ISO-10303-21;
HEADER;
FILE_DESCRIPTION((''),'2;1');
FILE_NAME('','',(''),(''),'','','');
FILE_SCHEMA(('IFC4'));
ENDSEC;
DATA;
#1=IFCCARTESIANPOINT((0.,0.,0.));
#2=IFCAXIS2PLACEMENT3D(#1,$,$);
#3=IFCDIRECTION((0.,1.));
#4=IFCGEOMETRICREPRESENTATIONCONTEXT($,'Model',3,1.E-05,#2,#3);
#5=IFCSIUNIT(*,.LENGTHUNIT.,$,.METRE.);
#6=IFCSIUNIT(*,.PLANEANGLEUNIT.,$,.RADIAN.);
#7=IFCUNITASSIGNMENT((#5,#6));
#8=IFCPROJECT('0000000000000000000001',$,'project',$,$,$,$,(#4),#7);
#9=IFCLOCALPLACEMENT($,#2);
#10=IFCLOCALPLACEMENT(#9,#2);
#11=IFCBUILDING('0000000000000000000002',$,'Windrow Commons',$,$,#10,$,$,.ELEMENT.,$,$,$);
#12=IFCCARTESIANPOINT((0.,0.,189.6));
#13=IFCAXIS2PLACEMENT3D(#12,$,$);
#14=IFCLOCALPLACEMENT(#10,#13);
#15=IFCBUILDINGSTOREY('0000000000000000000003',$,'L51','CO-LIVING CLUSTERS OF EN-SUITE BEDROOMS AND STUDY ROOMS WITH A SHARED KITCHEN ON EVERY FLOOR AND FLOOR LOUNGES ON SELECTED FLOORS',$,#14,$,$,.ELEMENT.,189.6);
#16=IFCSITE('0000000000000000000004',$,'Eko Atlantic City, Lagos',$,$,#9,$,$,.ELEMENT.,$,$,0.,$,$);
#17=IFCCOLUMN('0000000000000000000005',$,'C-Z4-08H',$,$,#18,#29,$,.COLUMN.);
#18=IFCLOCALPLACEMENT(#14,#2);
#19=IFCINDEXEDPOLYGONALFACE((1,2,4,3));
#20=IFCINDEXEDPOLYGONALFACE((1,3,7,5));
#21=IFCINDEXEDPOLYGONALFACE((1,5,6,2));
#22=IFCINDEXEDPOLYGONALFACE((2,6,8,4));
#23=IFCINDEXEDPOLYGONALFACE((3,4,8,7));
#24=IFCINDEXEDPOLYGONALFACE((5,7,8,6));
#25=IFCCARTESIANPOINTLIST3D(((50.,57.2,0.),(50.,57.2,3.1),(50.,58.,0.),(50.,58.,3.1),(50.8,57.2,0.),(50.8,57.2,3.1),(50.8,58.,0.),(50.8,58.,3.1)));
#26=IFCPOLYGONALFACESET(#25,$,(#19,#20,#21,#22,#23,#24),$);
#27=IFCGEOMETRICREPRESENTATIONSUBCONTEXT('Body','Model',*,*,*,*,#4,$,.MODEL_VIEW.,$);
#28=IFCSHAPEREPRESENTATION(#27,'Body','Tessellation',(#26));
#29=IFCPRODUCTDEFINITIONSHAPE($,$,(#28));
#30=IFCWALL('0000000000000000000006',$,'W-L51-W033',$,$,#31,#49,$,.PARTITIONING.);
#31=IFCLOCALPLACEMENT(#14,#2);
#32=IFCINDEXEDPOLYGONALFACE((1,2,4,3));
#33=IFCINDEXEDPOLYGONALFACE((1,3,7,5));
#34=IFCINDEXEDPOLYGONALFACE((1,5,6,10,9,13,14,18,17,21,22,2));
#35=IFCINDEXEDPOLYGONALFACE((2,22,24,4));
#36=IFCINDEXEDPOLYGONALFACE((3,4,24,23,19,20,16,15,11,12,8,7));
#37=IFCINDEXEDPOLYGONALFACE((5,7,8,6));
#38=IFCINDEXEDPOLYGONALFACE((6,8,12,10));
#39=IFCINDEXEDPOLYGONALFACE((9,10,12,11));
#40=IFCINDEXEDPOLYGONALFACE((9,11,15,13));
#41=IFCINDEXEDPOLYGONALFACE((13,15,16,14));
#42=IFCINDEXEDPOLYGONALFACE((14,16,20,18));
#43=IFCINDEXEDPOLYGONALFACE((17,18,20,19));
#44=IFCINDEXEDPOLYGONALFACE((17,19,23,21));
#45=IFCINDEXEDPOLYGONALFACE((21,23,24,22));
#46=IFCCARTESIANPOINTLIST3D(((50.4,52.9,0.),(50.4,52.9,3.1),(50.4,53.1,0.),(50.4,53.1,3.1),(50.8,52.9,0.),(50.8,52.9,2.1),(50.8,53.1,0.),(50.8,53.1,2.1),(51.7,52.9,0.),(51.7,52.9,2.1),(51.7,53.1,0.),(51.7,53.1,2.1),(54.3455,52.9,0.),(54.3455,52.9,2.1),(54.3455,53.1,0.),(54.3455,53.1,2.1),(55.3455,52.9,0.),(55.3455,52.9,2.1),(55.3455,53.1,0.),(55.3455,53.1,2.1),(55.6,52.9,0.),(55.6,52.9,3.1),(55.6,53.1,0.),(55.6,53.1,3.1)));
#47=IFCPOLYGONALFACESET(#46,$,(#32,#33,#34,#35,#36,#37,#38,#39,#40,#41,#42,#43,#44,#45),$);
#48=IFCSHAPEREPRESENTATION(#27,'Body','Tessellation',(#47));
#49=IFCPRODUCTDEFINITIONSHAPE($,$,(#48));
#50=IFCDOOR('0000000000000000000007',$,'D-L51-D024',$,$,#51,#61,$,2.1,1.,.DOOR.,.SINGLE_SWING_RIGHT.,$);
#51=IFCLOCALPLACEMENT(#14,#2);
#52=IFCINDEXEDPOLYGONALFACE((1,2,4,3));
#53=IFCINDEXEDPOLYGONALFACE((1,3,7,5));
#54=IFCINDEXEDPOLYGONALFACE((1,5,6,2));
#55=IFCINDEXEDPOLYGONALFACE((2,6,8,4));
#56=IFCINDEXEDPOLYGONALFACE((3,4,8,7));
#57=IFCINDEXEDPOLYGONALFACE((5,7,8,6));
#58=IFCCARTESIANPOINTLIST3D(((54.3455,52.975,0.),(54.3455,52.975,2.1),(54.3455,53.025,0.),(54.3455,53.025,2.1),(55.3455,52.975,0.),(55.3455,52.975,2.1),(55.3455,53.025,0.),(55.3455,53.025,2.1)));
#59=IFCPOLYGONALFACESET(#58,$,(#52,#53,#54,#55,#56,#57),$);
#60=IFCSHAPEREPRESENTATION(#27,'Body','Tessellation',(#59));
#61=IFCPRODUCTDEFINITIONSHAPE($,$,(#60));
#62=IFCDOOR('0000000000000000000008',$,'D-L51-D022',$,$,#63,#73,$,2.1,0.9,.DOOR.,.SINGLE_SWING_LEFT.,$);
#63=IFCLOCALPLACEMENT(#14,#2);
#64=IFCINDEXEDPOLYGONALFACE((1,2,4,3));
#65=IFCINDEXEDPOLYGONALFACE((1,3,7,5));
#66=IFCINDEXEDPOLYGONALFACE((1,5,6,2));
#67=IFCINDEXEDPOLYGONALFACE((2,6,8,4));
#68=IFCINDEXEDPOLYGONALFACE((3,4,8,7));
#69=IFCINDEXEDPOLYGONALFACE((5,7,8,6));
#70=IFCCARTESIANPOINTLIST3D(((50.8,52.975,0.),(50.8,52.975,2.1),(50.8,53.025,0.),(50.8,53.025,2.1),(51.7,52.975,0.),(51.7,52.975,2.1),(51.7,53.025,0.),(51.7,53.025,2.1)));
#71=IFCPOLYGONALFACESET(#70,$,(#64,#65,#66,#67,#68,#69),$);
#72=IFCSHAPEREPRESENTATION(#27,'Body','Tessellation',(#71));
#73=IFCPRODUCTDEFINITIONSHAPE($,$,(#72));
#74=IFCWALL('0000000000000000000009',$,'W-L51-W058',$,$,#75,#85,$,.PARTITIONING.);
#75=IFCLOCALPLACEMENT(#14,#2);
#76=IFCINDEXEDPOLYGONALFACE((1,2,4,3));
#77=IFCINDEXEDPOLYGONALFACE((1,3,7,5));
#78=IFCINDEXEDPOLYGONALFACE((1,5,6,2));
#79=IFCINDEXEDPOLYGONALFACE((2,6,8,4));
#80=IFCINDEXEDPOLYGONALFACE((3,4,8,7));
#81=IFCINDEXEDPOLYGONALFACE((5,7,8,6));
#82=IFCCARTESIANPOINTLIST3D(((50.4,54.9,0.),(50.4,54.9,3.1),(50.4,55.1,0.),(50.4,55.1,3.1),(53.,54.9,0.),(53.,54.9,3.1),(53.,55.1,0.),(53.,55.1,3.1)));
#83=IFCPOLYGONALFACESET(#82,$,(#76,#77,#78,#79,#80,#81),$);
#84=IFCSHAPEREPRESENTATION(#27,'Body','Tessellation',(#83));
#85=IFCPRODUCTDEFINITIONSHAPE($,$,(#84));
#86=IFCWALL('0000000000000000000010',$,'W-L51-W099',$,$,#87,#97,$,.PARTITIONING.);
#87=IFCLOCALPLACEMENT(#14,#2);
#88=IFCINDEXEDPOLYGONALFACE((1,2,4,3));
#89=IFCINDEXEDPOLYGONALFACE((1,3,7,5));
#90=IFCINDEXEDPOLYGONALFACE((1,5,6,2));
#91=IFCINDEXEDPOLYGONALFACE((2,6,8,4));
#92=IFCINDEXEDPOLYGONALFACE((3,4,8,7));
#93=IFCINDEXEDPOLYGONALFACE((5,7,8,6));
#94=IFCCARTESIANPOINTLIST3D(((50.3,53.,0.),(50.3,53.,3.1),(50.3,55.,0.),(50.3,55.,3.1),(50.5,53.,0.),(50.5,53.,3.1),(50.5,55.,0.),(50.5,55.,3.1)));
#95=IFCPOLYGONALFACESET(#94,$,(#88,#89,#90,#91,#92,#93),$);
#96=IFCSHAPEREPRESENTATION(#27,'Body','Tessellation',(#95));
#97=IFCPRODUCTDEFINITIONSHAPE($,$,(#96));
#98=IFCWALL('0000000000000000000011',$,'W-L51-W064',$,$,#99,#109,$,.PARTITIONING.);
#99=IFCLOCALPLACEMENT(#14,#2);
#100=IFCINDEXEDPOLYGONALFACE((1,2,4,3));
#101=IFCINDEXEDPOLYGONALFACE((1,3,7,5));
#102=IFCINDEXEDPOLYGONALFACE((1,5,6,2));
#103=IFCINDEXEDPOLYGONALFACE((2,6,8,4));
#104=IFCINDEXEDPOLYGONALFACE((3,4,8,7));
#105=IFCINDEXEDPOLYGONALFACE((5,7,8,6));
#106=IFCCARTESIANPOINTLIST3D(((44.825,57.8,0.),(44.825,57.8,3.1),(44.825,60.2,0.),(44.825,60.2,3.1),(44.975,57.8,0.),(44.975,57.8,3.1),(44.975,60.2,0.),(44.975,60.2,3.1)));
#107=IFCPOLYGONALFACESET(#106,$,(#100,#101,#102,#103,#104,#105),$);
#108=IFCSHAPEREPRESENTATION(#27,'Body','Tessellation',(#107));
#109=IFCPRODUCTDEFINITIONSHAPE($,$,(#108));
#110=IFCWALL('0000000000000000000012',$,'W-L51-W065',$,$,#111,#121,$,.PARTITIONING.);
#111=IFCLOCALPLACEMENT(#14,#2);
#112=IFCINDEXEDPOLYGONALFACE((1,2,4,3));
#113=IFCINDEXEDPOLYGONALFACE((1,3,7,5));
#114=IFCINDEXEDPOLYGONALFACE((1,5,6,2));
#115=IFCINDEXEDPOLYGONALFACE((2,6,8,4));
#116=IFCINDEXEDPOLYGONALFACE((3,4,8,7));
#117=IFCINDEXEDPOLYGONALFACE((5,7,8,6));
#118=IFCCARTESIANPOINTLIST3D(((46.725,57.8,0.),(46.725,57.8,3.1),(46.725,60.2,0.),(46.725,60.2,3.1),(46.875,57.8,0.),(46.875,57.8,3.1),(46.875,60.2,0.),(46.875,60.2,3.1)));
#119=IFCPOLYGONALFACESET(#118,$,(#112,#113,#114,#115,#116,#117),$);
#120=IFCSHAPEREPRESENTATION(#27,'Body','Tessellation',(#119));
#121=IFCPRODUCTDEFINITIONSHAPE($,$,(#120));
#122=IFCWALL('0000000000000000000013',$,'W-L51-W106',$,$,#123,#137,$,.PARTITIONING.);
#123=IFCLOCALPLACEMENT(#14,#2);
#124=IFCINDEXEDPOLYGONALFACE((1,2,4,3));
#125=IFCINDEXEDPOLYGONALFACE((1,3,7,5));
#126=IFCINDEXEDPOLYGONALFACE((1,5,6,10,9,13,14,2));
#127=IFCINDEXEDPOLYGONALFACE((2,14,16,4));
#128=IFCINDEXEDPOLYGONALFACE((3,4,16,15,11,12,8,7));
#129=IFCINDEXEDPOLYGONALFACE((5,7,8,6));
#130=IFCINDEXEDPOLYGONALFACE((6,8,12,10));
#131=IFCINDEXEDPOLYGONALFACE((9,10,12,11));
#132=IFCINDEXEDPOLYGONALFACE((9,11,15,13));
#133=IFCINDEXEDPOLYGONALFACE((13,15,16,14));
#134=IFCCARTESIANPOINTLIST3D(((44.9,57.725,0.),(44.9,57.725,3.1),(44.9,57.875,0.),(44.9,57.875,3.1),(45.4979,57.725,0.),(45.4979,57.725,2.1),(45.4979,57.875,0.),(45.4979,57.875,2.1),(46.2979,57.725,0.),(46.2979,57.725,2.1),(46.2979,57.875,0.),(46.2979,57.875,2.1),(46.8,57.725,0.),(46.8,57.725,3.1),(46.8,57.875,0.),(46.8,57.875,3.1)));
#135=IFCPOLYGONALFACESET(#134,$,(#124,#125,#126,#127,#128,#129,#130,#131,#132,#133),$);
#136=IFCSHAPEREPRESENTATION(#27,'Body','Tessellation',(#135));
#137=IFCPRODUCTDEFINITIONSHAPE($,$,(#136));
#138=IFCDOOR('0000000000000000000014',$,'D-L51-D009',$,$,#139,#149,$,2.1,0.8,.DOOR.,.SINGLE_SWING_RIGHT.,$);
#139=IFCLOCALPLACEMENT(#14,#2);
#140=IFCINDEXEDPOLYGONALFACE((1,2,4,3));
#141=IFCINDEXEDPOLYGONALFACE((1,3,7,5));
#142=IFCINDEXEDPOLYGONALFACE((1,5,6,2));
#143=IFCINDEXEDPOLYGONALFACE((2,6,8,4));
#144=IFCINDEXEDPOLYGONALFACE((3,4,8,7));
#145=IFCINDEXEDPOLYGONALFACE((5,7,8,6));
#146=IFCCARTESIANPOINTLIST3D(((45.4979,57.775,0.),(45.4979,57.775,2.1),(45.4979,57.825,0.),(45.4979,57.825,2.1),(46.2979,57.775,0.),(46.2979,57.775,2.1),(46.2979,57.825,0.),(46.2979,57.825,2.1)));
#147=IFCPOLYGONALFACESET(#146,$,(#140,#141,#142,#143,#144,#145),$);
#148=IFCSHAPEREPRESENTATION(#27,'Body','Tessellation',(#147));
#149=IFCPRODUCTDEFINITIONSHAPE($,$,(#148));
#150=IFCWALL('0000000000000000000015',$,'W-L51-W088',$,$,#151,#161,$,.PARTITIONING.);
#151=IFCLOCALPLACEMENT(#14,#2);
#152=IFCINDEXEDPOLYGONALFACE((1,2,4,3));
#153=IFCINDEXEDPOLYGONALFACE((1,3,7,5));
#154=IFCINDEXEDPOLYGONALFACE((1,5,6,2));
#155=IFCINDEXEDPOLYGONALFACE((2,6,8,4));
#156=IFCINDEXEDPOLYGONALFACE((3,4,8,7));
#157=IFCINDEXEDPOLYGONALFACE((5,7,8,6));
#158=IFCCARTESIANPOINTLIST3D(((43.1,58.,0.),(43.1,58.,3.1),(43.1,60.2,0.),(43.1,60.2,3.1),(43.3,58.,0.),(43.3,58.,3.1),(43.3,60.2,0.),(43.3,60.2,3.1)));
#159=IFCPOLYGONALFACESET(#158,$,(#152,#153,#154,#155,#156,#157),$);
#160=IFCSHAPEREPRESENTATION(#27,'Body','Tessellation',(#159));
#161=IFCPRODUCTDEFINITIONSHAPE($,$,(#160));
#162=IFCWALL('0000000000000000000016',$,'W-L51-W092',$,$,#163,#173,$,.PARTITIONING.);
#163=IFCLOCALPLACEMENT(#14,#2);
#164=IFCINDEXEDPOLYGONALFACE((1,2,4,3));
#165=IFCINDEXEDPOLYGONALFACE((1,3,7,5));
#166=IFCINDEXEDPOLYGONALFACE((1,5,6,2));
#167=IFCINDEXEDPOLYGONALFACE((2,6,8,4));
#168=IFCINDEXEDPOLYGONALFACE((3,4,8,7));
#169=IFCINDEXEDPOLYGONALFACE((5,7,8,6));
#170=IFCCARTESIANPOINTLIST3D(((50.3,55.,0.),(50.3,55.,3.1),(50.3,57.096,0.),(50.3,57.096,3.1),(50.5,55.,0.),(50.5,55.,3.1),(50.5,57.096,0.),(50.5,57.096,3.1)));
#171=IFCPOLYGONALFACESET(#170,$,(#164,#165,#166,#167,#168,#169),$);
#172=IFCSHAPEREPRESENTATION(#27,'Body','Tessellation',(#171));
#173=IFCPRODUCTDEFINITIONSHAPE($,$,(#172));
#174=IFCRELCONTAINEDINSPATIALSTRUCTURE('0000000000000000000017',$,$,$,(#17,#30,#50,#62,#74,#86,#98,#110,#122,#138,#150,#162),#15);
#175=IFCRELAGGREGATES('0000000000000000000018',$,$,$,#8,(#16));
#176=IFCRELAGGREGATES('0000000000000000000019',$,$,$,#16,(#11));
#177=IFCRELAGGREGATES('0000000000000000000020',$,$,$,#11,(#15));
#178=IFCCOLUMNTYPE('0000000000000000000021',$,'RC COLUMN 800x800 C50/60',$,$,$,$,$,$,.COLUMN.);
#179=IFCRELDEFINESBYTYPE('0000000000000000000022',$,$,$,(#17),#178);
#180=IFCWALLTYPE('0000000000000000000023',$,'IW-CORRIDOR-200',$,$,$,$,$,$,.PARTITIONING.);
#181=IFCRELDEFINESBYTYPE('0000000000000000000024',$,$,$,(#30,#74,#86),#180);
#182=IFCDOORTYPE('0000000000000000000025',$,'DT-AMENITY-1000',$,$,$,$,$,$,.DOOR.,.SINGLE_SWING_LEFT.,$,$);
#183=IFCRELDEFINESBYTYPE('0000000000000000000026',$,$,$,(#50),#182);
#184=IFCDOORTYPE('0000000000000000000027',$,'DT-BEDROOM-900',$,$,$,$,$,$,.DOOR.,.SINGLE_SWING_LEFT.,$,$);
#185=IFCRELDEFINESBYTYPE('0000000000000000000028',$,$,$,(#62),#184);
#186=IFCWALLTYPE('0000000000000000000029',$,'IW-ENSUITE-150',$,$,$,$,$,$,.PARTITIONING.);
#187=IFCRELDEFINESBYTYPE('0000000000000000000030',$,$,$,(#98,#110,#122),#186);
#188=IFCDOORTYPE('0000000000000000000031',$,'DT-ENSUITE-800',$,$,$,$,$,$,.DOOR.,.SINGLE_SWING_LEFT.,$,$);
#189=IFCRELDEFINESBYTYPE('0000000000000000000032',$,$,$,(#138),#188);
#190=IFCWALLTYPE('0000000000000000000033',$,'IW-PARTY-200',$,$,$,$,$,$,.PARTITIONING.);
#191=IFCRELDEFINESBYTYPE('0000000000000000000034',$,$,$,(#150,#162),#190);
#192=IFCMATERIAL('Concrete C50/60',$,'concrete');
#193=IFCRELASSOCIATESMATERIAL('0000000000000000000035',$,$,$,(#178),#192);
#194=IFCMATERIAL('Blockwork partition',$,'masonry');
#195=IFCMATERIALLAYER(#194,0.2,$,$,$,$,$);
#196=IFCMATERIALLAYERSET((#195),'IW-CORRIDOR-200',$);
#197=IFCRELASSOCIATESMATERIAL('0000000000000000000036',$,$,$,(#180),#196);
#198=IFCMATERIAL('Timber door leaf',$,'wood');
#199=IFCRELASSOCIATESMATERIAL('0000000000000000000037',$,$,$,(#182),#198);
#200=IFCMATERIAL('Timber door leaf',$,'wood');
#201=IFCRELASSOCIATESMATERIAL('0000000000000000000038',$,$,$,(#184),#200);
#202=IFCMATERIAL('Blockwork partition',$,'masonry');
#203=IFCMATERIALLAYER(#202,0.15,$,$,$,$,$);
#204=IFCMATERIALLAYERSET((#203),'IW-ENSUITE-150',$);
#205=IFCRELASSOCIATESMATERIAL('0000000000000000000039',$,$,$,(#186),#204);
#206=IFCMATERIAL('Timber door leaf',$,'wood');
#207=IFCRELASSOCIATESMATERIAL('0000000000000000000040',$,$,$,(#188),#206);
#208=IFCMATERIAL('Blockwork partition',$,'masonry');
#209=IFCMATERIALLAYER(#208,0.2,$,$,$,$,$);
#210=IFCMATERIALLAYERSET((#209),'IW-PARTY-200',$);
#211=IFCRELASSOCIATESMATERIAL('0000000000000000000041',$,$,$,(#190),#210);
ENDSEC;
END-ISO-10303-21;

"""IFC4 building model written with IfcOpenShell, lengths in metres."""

from ifc_helpers import new_model, si_unit, direction, frame, frame_2d, origin, origin_2d, place, context, subcontext, project, spatial, rectangle, extrude, material, layer, layer_set, material_profile, profile_set, type_object, element, fill, save


model = new_model("IFC4")

# Units and contexts
model_context = context("Model", 3, precision=1e-05, world=origin(), true_north=direction((0.0, 1.0)))
body_context = subcontext(model_context, "Body", "Model", "MODEL_VIEW")
ifc_project = project(units=[si_unit("LENGTHUNIT", "METRE"), si_unit("PLANEANGLEUNIT", "RADIAN")], contexts=[model_context])

# Site, building, storey
site_placement = place(None, origin())
site = spatial("IfcSite", under=ifc_project, at=site_placement, Name="Eko Atlantic City, Lagos", CompositionType="ELEMENT", RefElevation=0.0)
building_placement = place(site_placement, origin())
building = spatial("IfcBuilding", under=site, at=building_placement, Name="Windrow Commons", CompositionType="ELEMENT")
storey_placement = place(building_placement, frame((0.0, 0.0, 189.6)))
storey = spatial("IfcBuildingStorey", under=building, at=storey_placement, Name="L51", Description="CO-LIVING CLUSTERS OF EN-SUITE BEDROOMS AND STUDY ROOMS WITH A SHARED KITCHEN ON EVERY FLOOR AND FLOOR LOUNGES ON SELECTED FLOORS", CompositionType="ELEMENT", Elevation=189.6)

# Column
ifc_material_1 = material(Name="Concrete C50/60", Category="concrete")
ifc_material_profile = material_profile(ifc_material_1, rectangle(XDim=0.8, YDim=0.8, at=origin_2d()))
ifc_profile_set = profile_set([ifc_material_profile], Name="Concrete C50/60")
column_type = type_object("IfcColumnType", Name="RC COLUMN 800x800 C50/60", PredefinedType="COLUMN", material=ifc_profile_set)
column_placement = place(storey_placement, frame((50.4, 57.6, 0.0), z_axis=(0.0, 0.0, 1.0), x_axis=(1.0, 0.0, 0.0)))
element("IfcColumn", 1, at=column_placement, inside=storey, type_object=column_type, Name="C-Z4-08H", PredefinedType="COLUMN", context=body_context, shape_type="SweptSolid", body=[
    extrude(rectangle(XDim=0.8, YDim=0.8, at=origin_2d()), origin(), (0.0, 0.0, 1.0), 3.1),
])

# Wall, openings, doors
ifc_material_2 = material(Name="Blockwork partition", Category="masonry")
ifc_layer_1 = layer(ifc_material_2, 0.2)
ifc_layer_set_1 = layer_set([ifc_layer_1], Name="IW-CORRIDOR-200")
wall_type_1 = type_object("IfcWallType", Name="IW-CORRIDOR-200", PredefinedType="PARTITIONING", material=ifc_layer_set_1)
wall_1_placement = place(storey_placement, frame((50.4, 53.0, 0.0), z_axis=(0.0, 0.0, 1.0), x_axis=(1.0, 0.0, 0.0)))
wall_1 = element("IfcWall", 2, at=wall_1_placement, inside=storey, type_object=wall_type_1, Name="W-L51-W033", PredefinedType="PARTITIONING", context=body_context, shape_type="SweptSolid", body=[
    extrude(rectangle(XDim=5.2, YDim=0.2, at=frame_2d((2.6, 0.0))), origin(), (0.0, 0.0, 1.0), 3.1),
])
opening_1_placement = place(wall_1_placement, frame((0.4, 0.0, 0.0)))
opening_1 = element("IfcOpeningElement", 3, at=opening_1_placement, cuts=wall_1, PredefinedType="OPENING", context=body_context, shape_type="SweptSolid", body=[
    extrude(rectangle(XDim=0.9, YDim=2.1, at=frame_2d((0.45, 1.05))), frame((0.0, 0.11, 0.0), z_axis=(0.0, -1.0, 0.0), x_axis=(1.0, 0.0, 0.0)), (0.0, 0.0, 1.0), 0.22),
])
opening_2_placement = place(wall_1_placement, frame((3.9455, 0.0, 0.0)))
opening_2 = element("IfcOpeningElement", 4, at=opening_2_placement, cuts=wall_1, PredefinedType="OPENING", context=body_context, shape_type="SweptSolid", body=[
    extrude(rectangle(XDim=1.0, YDim=2.1, at=frame_2d((0.5, 1.05))), frame((0.0, 0.11, 0.0), z_axis=(0.0, -1.0, 0.0), x_axis=(1.0, 0.0, 0.0)), (0.0, 0.0, 1.0), 0.22),
])
ifc_material_3 = material(Name="Timber door leaf", Category="wood")
door_type_1 = type_object("IfcDoorType", Name="DT-AMENITY-1000", OperationType="SINGLE_SWING_LEFT", PredefinedType="DOOR", material=ifc_material_3)
door_1_placement = place(opening_2_placement, origin())
door_1 = element("IfcDoor", 5, at=door_1_placement, inside=storey, type_object=door_type_1, Name="D-L51-D024", OperationType="SINGLE_SWING_RIGHT", OverallHeight=2.1, OverallWidth=1.0, PredefinedType="DOOR", context=body_context, shape_type="SweptSolid", body=[
    extrude(rectangle(XDim=1.0, YDim=2.1, at=frame_2d((0.5, 1.05))), frame((0.0, 0.025, 0.0), z_axis=(0.0, -1.0, 0.0), x_axis=(1.0, 0.0, 0.0)), (0.0, 0.0, 1.0), 0.05),
])
fill(opening_2, door_1)
ifc_material_4 = material(Name="Timber door leaf", Category="wood")
door_type_2 = type_object("IfcDoorType", Name="DT-BEDROOM-900", OperationType="SINGLE_SWING_LEFT", PredefinedType="DOOR", material=ifc_material_4)
door_2_placement = place(opening_1_placement, origin())
door_2 = element("IfcDoor", 6, at=door_2_placement, inside=storey, type_object=door_type_2, Name="D-L51-D022", OperationType="SINGLE_SWING_LEFT", OverallHeight=2.1, OverallWidth=0.9, PredefinedType="DOOR", context=body_context, shape_type="SweptSolid", body=[
    extrude(rectangle(XDim=0.9, YDim=2.1, at=frame_2d((0.45, 1.05))), frame((0.0, 0.025, 0.0), z_axis=(0.0, -1.0, 0.0), x_axis=(1.0, 0.0, 0.0)), (0.0, 0.0, 1.0), 0.05),
])
fill(opening_1, door_2)

# Walls
wall_2_placement = place(storey_placement, frame((50.4, 55.0, 0.0), z_axis=(0.0, 0.0, 1.0), x_axis=(1.0, 0.0, 0.0)))
element("IfcWall", 7, at=wall_2_placement, inside=storey, type_object=wall_type_1, Name="W-L51-W058", PredefinedType="PARTITIONING", context=body_context, shape_type="SweptSolid", body=[
    extrude(rectangle(XDim=2.6, YDim=0.2, at=frame_2d((1.3, 0.0))), origin(), (0.0, 0.0, 1.0), 3.1),
])
wall_3_placement = place(storey_placement, frame((50.4, 53.0, 0.0), z_axis=(0.0, 0.0, 1.0), x_axis=(0.0, 1.0, 0.0)))
element("IfcWall", 8, at=wall_3_placement, inside=storey, type_object=wall_type_1, Name="W-L51-W099", PredefinedType="PARTITIONING", context=body_context, shape_type="SweptSolid", body=[
    extrude(rectangle(XDim=2.0, YDim=0.2, at=frame_2d((1.0, 0.0))), origin(), (0.0, 0.0, 1.0), 3.1),
])
ifc_material_5 = material(Name="Blockwork partition", Category="masonry")
ifc_layer_2 = layer(ifc_material_5, 0.15)
ifc_layer_set_2 = layer_set([ifc_layer_2], Name="IW-ENSUITE-150")
wall_type_2 = type_object("IfcWallType", Name="IW-ENSUITE-150", PredefinedType="PARTITIONING", material=ifc_layer_set_2)
for number, where, z_axis, x_axis, name in (
    (9, (44.9, 57.8, 0.0), (0.0, 0.0, 1.0), (0.0, 1.0, 0.0), "W-L51-W064"),
    (10, (46.8, 57.8, 0.0), (0.0, 0.0, 1.0), (0.0, 1.0, 0.0), "W-L51-W065"),
):
    element("IfcWall", number, at=place(storey_placement, frame(where, z_axis=z_axis, x_axis=x_axis)), inside=storey, type_object=wall_type_2, Name=name, PredefinedType="PARTITIONING", context=body_context, shape_type="SweptSolid", body=[
        extrude(rectangle(XDim=2.4, YDim=0.15, at=frame_2d((1.2, 0.0))), origin(), (0.0, 0.0, 1.0), 3.1),
    ])

# Wall, opening, door
wall_4_placement = place(storey_placement, frame((44.9, 57.8, 0.0), z_axis=(0.0, 0.0, 1.0), x_axis=(1.0, 0.0, 0.0)))
wall_4 = element("IfcWall", 11, at=wall_4_placement, inside=storey, type_object=wall_type_2, Name="W-L51-W106", PredefinedType="PARTITIONING", context=body_context, shape_type="SweptSolid", body=[
    extrude(rectangle(XDim=1.9, YDim=0.15, at=frame_2d((0.95, 0.0))), origin(), (0.0, 0.0, 1.0), 3.1),
])
opening_3_placement = place(wall_4_placement, frame((0.5979, 0.0, 0.0)))
opening_3 = element("IfcOpeningElement", 12, at=opening_3_placement, cuts=wall_4, PredefinedType="OPENING", context=body_context, shape_type="SweptSolid", body=[
    extrude(rectangle(XDim=0.8, YDim=2.1, at=frame_2d((0.4, 1.05))), frame((0.0, 0.085, 0.0), z_axis=(0.0, -1.0, 0.0), x_axis=(1.0, 0.0, 0.0)), (0.0, 0.0, 1.0), 0.17),
])
ifc_material_6 = material(Name="Timber door leaf", Category="wood")
door_type_3 = type_object("IfcDoorType", Name="DT-ENSUITE-800", OperationType="SINGLE_SWING_LEFT", PredefinedType="DOOR", material=ifc_material_6)
door_3_placement = place(opening_3_placement, origin())
door_3 = element("IfcDoor", 13, at=door_3_placement, inside=storey, type_object=door_type_3, Name="D-L51-D009", OperationType="SINGLE_SWING_RIGHT", OverallHeight=2.1, OverallWidth=0.8, PredefinedType="DOOR", context=body_context, shape_type="SweptSolid", body=[
    extrude(rectangle(XDim=0.8, YDim=2.1, at=frame_2d((0.4, 1.05))), frame((0.0, 0.025, 0.0), z_axis=(0.0, -1.0, 0.0), x_axis=(1.0, 0.0, 0.0)), (0.0, 0.0, 1.0), 0.05),
])
fill(opening_3, door_3)

# Walls
ifc_material_7 = material(Name="Blockwork partition", Category="masonry")
ifc_layer_3 = layer(ifc_material_7, 0.2)
ifc_layer_set_3 = layer_set([ifc_layer_3], Name="IW-PARTY-200")
wall_type_3 = type_object("IfcWallType", Name="IW-PARTY-200", PredefinedType="PARTITIONING", material=ifc_layer_set_3)
wall_5_placement = place(storey_placement, frame((43.2, 58.0, 0.0), z_axis=(0.0, 0.0, 1.0), x_axis=(0.0, 1.0, 0.0)))
element("IfcWall", 14, at=wall_5_placement, inside=storey, type_object=wall_type_3, Name="W-L51-W088", PredefinedType="PARTITIONING", context=body_context, shape_type="SweptSolid", body=[
    extrude(rectangle(XDim=2.2, YDim=0.2, at=frame_2d((1.1, 0.0))), origin(), (0.0, 0.0, 1.0), 3.1),
])
wall_6_placement = place(storey_placement, frame((50.4, 55.0, 0.0), z_axis=(0.0, 0.0, 1.0), x_axis=(0.0, 1.0, 0.0)))
element("IfcWall", 15, at=wall_6_placement, inside=storey, type_object=wall_type_3, Name="W-L51-W092", PredefinedType="PARTITIONING", context=body_context, shape_type="SweptSolid", body=[
    extrude(rectangle(XDim=2.096, YDim=0.2, at=frame_2d((1.048, 0.0))), origin(), (0.0, 0.0, 1.0), 3.1),
])

save(model, "model.ifc")
